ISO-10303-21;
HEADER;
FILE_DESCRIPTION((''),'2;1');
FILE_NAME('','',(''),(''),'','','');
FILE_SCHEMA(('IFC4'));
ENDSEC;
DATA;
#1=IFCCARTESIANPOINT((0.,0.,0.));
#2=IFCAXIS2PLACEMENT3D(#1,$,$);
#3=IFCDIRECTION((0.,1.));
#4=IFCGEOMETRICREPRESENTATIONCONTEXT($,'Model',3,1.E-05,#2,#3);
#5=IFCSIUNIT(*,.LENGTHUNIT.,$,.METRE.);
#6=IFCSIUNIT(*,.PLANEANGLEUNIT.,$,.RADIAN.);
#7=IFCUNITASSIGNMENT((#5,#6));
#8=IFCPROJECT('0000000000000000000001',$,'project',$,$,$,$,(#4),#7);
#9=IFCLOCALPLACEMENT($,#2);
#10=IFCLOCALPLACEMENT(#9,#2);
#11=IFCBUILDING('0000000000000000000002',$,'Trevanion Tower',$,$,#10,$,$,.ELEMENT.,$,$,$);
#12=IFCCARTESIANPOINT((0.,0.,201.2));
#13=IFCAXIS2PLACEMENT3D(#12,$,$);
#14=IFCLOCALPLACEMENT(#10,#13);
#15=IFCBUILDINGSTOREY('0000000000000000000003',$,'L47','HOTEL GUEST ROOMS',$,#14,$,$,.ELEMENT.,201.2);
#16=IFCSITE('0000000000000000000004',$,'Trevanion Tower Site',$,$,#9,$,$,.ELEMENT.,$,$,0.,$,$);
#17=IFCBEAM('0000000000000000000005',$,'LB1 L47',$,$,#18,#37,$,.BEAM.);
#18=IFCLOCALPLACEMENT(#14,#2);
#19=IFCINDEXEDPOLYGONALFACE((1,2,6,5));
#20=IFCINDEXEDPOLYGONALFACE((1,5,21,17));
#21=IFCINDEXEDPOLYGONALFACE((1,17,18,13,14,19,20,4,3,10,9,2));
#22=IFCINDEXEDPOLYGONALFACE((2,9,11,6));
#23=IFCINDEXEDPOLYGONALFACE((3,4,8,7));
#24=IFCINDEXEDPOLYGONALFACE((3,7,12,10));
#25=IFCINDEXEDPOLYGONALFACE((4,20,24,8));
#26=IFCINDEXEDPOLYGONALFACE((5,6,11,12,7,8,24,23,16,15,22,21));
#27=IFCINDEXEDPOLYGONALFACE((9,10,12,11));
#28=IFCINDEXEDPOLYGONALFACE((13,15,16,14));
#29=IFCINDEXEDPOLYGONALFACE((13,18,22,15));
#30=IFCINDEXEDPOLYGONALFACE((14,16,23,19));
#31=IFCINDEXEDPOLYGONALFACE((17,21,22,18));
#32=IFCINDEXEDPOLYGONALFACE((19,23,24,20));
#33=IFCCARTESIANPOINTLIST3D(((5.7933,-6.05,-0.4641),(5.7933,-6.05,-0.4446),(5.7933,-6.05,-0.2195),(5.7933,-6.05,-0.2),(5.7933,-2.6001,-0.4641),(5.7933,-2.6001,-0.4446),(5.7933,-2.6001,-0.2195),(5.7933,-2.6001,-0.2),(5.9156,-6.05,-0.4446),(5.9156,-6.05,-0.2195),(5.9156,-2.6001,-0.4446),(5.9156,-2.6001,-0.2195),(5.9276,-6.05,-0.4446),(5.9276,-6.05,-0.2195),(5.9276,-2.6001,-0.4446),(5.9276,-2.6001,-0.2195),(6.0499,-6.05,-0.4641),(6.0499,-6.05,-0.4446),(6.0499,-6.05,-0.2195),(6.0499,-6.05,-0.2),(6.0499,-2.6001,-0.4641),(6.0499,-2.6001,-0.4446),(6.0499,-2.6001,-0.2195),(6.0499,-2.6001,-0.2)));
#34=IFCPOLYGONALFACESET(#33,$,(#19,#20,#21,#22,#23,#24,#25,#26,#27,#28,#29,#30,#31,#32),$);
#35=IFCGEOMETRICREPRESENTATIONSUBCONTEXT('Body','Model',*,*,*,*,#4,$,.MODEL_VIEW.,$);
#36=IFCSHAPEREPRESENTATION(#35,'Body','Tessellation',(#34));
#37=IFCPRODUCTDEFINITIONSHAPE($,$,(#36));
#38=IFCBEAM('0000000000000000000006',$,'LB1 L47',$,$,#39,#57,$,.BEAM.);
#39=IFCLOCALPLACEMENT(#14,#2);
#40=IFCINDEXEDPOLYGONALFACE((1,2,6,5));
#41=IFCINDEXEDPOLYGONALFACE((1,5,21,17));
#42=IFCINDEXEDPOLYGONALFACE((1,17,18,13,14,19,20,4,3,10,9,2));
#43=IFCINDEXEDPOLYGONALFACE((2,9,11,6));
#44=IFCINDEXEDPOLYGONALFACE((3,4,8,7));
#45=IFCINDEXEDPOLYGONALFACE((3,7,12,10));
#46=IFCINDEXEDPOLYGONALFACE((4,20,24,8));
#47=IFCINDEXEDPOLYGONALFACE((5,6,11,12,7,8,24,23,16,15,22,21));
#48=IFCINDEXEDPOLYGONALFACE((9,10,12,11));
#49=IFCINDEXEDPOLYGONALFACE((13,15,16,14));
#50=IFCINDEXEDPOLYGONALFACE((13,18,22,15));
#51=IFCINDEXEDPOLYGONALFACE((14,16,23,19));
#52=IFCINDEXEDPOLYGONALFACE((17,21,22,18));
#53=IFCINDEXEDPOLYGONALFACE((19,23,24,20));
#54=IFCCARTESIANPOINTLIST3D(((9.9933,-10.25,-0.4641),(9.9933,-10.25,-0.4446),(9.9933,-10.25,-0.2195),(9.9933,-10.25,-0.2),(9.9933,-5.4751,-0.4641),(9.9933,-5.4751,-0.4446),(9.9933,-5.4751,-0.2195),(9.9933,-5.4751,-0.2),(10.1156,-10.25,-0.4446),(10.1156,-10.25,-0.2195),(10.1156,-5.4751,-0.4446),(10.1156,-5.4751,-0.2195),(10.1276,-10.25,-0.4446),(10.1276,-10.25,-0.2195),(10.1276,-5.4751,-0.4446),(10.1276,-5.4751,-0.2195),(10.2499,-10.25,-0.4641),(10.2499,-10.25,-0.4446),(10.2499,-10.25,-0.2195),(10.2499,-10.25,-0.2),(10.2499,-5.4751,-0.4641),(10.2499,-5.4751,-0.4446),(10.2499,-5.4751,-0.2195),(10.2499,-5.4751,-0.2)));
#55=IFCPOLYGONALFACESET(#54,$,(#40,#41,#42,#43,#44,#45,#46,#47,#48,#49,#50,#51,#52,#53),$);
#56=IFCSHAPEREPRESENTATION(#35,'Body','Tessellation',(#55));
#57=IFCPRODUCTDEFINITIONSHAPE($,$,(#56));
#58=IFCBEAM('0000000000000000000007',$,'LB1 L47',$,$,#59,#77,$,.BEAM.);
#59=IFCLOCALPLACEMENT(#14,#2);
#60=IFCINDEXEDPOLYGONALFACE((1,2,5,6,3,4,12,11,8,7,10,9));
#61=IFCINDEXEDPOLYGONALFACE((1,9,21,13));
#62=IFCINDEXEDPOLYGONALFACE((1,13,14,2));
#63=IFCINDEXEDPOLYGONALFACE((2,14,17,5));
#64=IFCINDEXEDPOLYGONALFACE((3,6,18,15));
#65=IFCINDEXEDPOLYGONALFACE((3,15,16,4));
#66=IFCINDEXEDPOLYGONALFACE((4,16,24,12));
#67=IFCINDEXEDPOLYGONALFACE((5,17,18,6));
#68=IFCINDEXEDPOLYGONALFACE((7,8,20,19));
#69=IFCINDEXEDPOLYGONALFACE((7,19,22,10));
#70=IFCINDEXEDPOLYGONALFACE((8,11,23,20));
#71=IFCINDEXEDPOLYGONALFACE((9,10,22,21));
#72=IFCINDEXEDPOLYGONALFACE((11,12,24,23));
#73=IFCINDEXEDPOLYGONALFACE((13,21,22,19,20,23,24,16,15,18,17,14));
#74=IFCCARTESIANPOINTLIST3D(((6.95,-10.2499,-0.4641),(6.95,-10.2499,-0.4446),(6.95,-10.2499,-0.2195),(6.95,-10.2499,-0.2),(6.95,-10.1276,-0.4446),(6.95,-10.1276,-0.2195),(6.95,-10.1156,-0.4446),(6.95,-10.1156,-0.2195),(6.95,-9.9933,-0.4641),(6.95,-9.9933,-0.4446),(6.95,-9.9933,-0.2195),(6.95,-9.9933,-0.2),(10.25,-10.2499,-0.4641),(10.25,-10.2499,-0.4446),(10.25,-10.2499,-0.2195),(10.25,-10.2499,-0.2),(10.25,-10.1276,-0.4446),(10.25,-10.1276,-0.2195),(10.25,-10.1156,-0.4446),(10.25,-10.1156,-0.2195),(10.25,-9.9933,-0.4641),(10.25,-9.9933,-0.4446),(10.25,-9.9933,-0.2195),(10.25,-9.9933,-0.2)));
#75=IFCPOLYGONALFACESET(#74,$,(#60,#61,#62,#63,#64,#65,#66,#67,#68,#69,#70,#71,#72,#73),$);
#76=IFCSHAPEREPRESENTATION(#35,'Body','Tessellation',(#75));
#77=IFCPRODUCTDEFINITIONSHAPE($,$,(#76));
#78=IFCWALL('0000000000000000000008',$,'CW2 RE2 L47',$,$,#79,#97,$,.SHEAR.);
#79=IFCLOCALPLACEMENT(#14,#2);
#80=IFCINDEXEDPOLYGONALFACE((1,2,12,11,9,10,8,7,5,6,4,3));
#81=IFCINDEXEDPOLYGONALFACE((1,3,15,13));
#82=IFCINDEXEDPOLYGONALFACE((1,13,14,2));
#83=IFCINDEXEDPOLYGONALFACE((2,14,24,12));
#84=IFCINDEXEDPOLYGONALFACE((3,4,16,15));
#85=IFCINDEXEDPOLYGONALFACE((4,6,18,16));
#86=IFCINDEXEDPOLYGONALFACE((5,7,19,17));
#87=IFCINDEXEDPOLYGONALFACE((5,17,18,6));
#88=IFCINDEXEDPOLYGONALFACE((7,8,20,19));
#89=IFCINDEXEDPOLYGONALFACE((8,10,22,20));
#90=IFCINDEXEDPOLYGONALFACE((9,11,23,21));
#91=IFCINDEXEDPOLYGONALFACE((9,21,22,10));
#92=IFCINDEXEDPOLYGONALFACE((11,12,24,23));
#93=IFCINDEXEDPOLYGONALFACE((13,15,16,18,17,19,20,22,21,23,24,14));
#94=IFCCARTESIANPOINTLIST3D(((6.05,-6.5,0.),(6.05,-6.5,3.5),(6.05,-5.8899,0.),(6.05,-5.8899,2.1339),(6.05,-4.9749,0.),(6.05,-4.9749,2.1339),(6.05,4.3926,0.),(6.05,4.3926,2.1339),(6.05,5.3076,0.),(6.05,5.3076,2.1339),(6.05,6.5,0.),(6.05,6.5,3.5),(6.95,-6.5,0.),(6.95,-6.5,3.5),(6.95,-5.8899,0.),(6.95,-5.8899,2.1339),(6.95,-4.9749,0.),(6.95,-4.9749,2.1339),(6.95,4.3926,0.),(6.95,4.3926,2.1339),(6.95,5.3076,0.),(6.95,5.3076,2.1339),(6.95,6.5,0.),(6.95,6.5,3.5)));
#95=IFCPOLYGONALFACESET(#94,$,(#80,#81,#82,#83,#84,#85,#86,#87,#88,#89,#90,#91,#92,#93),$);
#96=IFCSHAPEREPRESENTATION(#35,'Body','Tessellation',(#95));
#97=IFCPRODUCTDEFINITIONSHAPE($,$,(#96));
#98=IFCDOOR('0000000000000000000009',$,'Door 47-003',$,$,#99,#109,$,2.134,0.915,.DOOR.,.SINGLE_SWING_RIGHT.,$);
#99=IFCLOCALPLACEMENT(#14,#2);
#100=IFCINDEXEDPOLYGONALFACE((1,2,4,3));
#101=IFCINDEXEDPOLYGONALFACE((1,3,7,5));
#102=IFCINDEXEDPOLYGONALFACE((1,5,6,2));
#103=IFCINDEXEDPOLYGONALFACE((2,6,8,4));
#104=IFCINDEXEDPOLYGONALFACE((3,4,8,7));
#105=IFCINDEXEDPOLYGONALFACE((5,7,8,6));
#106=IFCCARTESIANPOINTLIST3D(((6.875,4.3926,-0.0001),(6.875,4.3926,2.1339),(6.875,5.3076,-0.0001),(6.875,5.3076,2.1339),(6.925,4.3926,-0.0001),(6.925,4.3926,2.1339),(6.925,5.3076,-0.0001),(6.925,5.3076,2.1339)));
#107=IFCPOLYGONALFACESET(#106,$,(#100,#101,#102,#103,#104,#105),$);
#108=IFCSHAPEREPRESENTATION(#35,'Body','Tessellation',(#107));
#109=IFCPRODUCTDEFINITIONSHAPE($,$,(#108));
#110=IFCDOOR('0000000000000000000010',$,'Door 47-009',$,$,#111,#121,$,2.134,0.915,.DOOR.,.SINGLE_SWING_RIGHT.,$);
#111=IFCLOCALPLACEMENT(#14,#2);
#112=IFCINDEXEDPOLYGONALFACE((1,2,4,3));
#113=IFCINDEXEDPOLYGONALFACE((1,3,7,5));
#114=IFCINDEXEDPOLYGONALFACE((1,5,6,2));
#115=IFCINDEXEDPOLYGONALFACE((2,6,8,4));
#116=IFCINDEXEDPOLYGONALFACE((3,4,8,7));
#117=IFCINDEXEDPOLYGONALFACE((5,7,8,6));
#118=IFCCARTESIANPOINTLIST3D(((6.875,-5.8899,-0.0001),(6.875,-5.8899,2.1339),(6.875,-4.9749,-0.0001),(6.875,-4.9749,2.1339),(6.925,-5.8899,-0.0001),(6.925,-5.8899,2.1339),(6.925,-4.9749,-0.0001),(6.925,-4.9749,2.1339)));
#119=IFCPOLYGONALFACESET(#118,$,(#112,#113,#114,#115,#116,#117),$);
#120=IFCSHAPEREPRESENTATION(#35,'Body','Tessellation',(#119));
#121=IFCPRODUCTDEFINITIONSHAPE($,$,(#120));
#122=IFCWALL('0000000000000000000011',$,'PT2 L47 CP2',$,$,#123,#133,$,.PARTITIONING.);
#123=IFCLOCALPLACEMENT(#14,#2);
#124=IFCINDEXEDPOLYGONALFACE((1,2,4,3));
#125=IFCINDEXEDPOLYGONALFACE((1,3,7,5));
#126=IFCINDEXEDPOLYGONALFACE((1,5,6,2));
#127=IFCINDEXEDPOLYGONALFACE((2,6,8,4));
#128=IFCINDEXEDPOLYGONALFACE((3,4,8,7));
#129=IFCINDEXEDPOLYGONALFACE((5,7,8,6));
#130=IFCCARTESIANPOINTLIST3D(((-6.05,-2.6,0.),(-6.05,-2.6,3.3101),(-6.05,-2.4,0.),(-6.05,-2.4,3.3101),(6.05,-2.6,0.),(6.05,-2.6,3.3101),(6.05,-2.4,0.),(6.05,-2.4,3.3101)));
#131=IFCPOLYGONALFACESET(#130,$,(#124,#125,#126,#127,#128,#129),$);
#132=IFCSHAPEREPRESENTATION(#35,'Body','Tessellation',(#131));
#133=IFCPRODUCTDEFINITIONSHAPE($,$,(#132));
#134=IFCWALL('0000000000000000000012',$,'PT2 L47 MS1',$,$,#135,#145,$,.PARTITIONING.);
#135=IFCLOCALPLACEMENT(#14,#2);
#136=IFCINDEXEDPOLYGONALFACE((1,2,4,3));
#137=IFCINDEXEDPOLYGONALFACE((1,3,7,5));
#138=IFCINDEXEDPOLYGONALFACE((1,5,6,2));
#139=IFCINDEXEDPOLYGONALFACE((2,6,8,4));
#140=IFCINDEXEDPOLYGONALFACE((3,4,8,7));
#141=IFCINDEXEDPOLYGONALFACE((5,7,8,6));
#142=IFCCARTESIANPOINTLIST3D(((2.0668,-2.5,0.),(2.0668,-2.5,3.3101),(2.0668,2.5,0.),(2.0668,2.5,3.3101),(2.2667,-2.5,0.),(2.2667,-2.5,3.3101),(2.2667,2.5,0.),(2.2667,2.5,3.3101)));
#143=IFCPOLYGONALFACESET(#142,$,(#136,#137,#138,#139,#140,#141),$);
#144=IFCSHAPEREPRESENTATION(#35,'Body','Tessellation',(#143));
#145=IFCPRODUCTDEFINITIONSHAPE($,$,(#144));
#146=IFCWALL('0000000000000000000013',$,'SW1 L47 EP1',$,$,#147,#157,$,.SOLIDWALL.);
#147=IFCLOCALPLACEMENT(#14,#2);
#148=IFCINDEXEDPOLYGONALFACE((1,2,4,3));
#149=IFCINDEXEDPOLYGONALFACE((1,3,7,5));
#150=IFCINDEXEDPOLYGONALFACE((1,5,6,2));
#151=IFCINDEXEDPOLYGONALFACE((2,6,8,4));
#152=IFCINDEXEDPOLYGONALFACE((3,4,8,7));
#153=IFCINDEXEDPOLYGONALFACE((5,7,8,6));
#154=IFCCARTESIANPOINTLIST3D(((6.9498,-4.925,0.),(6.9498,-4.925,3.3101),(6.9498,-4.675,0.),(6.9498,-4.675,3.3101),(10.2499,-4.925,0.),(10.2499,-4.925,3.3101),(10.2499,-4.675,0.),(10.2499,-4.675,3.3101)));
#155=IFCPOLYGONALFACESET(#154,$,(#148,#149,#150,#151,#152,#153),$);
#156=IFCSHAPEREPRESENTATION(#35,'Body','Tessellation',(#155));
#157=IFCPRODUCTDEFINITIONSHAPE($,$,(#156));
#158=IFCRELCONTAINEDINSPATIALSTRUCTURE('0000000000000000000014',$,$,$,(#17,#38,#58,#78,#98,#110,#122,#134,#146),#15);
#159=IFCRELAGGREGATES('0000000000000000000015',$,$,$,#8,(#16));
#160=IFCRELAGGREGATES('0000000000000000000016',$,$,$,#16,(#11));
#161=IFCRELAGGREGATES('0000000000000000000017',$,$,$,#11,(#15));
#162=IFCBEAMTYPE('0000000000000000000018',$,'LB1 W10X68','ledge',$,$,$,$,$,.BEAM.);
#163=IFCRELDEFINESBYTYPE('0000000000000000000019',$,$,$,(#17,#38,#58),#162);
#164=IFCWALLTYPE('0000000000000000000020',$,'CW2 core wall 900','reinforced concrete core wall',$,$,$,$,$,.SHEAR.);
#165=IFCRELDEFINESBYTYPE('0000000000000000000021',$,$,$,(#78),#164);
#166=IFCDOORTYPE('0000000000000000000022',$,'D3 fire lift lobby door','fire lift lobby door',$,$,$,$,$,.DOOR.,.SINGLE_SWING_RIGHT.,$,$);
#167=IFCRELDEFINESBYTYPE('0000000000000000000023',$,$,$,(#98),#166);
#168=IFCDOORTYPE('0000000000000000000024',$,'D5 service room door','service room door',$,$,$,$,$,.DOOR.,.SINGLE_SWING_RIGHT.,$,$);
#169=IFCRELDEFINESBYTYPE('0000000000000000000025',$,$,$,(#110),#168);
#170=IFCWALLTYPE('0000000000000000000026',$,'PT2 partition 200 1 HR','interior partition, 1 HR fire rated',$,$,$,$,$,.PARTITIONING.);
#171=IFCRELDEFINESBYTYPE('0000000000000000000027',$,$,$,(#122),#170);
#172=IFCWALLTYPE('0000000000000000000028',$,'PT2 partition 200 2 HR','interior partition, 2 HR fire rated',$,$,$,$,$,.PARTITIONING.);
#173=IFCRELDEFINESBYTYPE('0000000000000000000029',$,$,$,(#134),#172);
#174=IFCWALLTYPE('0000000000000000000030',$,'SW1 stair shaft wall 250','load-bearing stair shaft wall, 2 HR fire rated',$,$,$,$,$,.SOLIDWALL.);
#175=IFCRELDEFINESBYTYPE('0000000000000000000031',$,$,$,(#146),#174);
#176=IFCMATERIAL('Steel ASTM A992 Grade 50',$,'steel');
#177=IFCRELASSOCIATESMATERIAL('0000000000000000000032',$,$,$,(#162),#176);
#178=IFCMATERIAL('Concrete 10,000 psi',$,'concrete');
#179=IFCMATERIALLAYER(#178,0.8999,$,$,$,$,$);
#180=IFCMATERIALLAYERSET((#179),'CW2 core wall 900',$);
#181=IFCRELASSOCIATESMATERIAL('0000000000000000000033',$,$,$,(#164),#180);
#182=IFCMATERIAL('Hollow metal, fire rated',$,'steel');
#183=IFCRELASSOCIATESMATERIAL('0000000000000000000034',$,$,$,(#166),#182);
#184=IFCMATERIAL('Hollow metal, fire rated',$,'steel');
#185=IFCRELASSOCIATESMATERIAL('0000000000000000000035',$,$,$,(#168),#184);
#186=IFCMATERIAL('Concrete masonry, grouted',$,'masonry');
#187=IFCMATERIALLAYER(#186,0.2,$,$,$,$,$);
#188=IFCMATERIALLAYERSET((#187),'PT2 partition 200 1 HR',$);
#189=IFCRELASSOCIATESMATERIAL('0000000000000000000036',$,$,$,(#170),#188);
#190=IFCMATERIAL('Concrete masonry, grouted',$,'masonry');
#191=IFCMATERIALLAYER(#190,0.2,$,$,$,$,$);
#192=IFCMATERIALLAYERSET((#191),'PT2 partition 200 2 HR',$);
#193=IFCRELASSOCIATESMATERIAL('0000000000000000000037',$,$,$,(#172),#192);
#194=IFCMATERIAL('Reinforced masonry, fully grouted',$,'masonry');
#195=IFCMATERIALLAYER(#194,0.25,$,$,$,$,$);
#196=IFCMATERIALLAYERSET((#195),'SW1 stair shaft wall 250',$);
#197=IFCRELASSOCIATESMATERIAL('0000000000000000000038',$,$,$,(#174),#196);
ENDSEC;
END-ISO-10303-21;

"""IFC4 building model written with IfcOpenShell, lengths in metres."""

from ifc_helpers import new_model, si_unit, direction, frame, frame_2d, origin, origin_2d, place, context, subcontext, project, spatial, rectangle, i_section, extrude, material, layer, layer_set, material_profile, profile_set, type_object, element, fill, save


model = new_model("IFC4")

# Units and contexts
model_context = context("Model", 3, precision=1e-05, world=origin(), true_north=direction((0.0, 1.0)))
body_context = subcontext(model_context, "Body", "Model", "MODEL_VIEW")
ifc_project = project(units=[si_unit("LENGTHUNIT", "METRE"), si_unit("PLANEANGLEUNIT", "RADIAN")], contexts=[model_context])

# Site, building, storey
site_placement = place(None, origin())
site = spatial("IfcSite", under=ifc_project, at=site_placement, Name="Trevanion Tower Site", CompositionType="ELEMENT", RefElevation=0.0)
building_placement = place(site_placement, origin())
building = spatial("IfcBuilding", under=site, at=building_placement, Name="Trevanion Tower", CompositionType="ELEMENT")
storey_placement = place(building_placement, frame((0.0, 0.0, 201.2)))
storey = spatial("IfcBuildingStorey", under=building, at=storey_placement, Name="L47", Description="HOTEL GUEST ROOMS", CompositionType="ELEMENT", Elevation=201.2)

# Beams
ifc_material_1 = material(Name="Steel ASTM A992 Grade 50", Category="steel")
ifc_material_profile = material_profile(ifc_material_1, i_section(OverallWidth=0.2566, OverallDepth=0.2642, WebThickness=0.012, FlangeThickness=0.0195, at=origin_2d()), Name="W10X68")
ifc_profile_set = profile_set([ifc_material_profile], Name="Steel ASTM A992 Grade 50")
beam_type = type_object("IfcBeamType", Name="LB1 W10X68", Description="ledge", PredefinedType="BEAM", material=ifc_profile_set)
beam_1_placement = place(storey_placement, frame((5.9216, -6.05, -0.332), z_axis=(0.0, 1.0, 0.0), x_axis=(-1.0, 0.0, 0.0)))
element("IfcBeam", 1, at=beam_1_placement, inside=storey, type_object=beam_type, Name="LB1 L47", PredefinedType="BEAM", context=body_context, shape_type="SweptSolid", body=[
    extrude(i_section(OverallWidth=0.2566, OverallDepth=0.2642, WebThickness=0.012, FlangeThickness=0.0195, at=origin_2d()), origin(), (0.0, 0.0, 1.0), 3.45),
])
beam_2_placement = place(storey_placement, frame((10.1216, -10.25, -0.332), z_axis=(0.0, 1.0, 0.0), x_axis=(-1.0, 0.0, 0.0)))
element("IfcBeam", 2, at=beam_2_placement, inside=storey, type_object=beam_type, Name="LB1 L47", PredefinedType="BEAM", context=body_context, shape_type="SweptSolid", body=[
    extrude(i_section(OverallWidth=0.2566, OverallDepth=0.2642, WebThickness=0.012, FlangeThickness=0.0195, at=origin_2d()), origin(), (0.0, 0.0, 1.0), 4.7749),
])
beam_3_placement = place(storey_placement, frame((6.95, -10.1216, -0.332), z_axis=(1.0, 0.0, 0.0), x_axis=(0.0, 1.0, 0.0)))
element("IfcBeam", 3, at=beam_3_placement, inside=storey, type_object=beam_type, Name="LB1 L47", PredefinedType="BEAM", context=body_context, shape_type="SweptSolid", body=[
    extrude(i_section(OverallWidth=0.2566, OverallDepth=0.2642, WebThickness=0.012, FlangeThickness=0.0195, at=origin_2d()), origin(), (0.0, 0.0, 1.0), 3.3),
])

# Wall, openings, doors
ifc_material_2 = material(Name="Concrete 10,000 psi", Category="concrete")
ifc_layer_1 = layer(ifc_material_2, 0.8999)
ifc_layer_set_1 = layer_set([ifc_layer_1], Name="CW2 core wall 900")
wall_type_1 = type_object("IfcWallType", Name="CW2 core wall 900", Description="reinforced concrete core wall", PredefinedType="SHEAR", material=ifc_layer_set_1)
wall_1_placement = place(storey_placement, frame((6.5, -6.5, 0.0), z_axis=(0.0, 0.0, 1.0), x_axis=(0.0, 1.0, 0.0)))
wall_1 = element("IfcWall", 4, at=wall_1_placement, inside=storey, type_object=wall_type_1, Name="CW2 RE2 L47", PredefinedType="SHEAR", context=body_context, shape_type="SweptSolid", body=[
    extrude(rectangle(XDim=13.0, YDim=0.8999, at=frame_2d((6.5, 0.0))), origin(), (0.0, 0.0, 1.0), 3.5),
])
opening_1_placement = place(wall_1_placement, frame((10.8926, 0.0, 0.0)))
opening_1 = element("IfcOpeningElement", 5, at=opening_1_placement, cuts=wall_1, PredefinedType="OPENING", context=body_context, shape_type="SweptSolid", body=[
    extrude(rectangle(XDim=0.915, YDim=2.134, at=frame_2d((0.4575, 1.0669))), frame((0.0, 0.46, 0.0), z_axis=(0.0, -1.0, 0.0), x_axis=(1.0, 0.0, 0.0)), (0.0, 0.0, 1.0), 0.9199),
])
opening_2_placement = place(wall_1_placement, frame((0.6101, 0.0, 0.0)))
opening_2 = element("IfcOpeningElement", 6, at=opening_2_placement, cuts=wall_1, PredefinedType="OPENING", context=body_context, shape_type="SweptSolid", body=[
    extrude(rectangle(XDim=0.915, YDim=2.134, at=frame_2d((0.4575, 1.0669))), frame((0.0, 0.46, 0.0), z_axis=(0.0, -1.0, 0.0), x_axis=(1.0, 0.0, 0.0)), (0.0, 0.0, 1.0), 0.9199),
])
ifc_material_3 = material(Name="Hollow metal, fire rated", Category="steel")
door_type_1 = type_object("IfcDoorType", Name="D3 fire lift lobby door", Description="fire lift lobby door", OperationType="SINGLE_SWING_RIGHT", PredefinedType="DOOR", material=ifc_material_3)
door_1_placement = place(opening_1_placement, origin())
door_1 = element("IfcDoor", 7, at=door_1_placement, inside=storey, type_object=door_type_1, Name="Door 47-003", OperationType="SINGLE_SWING_RIGHT", OverallHeight=2.134, OverallWidth=0.915, PredefinedType="DOOR", context=body_context, shape_type="SweptSolid", body=[
    extrude(rectangle(XDim=0.915, YDim=2.134, at=frame_2d((0.4575, 1.0669))), frame((0.0, -0.375, 0.0), z_axis=(0.0, -1.0, 0.0), x_axis=(1.0, 0.0, 0.0)), (0.0, 0.0, 1.0), 0.05),
])
fill(opening_1, door_1)
ifc_material_4 = material(Name="Hollow metal, fire rated", Category="steel")
door_type_2 = type_object("IfcDoorType", Name="D5 service room door", Description="service room door", OperationType="SINGLE_SWING_RIGHT", PredefinedType="DOOR", material=ifc_material_4)
door_2_placement = place(opening_2_placement, origin())
door_2 = element("IfcDoor", 8, at=door_2_placement, inside=storey, type_object=door_type_2, Name="Door 47-009", OperationType="SINGLE_SWING_RIGHT", OverallHeight=2.134, OverallWidth=0.915, PredefinedType="DOOR", context=body_context, shape_type="SweptSolid", body=[
    extrude(rectangle(XDim=0.915, YDim=2.134, at=frame_2d((0.4575, 1.0669))), frame((0.0, -0.375, 0.0), z_axis=(0.0, -1.0, 0.0), x_axis=(1.0, 0.0, 0.0)), (0.0, 0.0, 1.0), 0.05),
])
fill(opening_2, door_2)

# Walls
ifc_material_5 = material(Name="Concrete masonry, grouted", Category="masonry")
ifc_layer_2 = layer(ifc_material_5, 0.2)
ifc_layer_set_2 = layer_set([ifc_layer_2], Name="PT2 partition 200 1 HR")
wall_type_2 = type_object("IfcWallType", Name="PT2 partition 200 1 HR", Description="interior partition, 1 HR fire rated", PredefinedType="PARTITIONING", material=ifc_layer_set_2)
wall_2_placement = place(storey_placement, frame((6.05, -2.5, 0.0), z_axis=(0.0, 0.0, 1.0), x_axis=(-1.0, 0.0, 0.0)))
element("IfcWall", 9, at=wall_2_placement, inside=storey, type_object=wall_type_2, Name="PT2 L47 CP2", PredefinedType="PARTITIONING", context=body_context, shape_type="SweptSolid", body=[
    extrude(rectangle(XDim=12.1001, YDim=0.2, at=frame_2d((6.05, 0.0))), origin(), (0.0, 0.0, 1.0), 3.3101),
])
ifc_material_6 = material(Name="Concrete masonry, grouted", Category="masonry")
ifc_layer_3 = layer(ifc_material_6, 0.2)
ifc_layer_set_3 = layer_set([ifc_layer_3], Name="PT2 partition 200 2 HR")
wall_type_3 = type_object("IfcWallType", Name="PT2 partition 200 2 HR", Description="interior partition, 2 HR fire rated", PredefinedType="PARTITIONING", material=ifc_layer_set_3)
wall_3_placement = place(storey_placement, frame((2.1667, -2.5, 0.0), z_axis=(0.0, 0.0, 1.0), x_axis=(0.0, 1.0, 0.0)))
element("IfcWall", 10, at=wall_3_placement, inside=storey, type_object=wall_type_3, Name="PT2 L47 MS1", PredefinedType="PARTITIONING", context=body_context, shape_type="SweptSolid", body=[
    extrude(rectangle(XDim=5.0, YDim=0.2, at=frame_2d((2.5, 0.0))), origin(), (0.0, 0.0, 1.0), 3.3101),
])
ifc_material_7 = material(Name="Reinforced masonry, fully grouted", Category="masonry")
ifc_layer_4 = layer(ifc_material_7, 0.25)
ifc_layer_set_4 = layer_set([ifc_layer_4], Name="SW1 stair shaft wall 250")
wall_type_4 = type_object("IfcWallType", Name="SW1 stair shaft wall 250", Description="load-bearing stair shaft wall, 2 HR fire rated", PredefinedType="SOLIDWALL", material=ifc_layer_set_4)
wall_4_placement = place(storey_placement, frame((6.95, -4.8, 0.0), z_axis=(0.0, 0.0, 1.0), x_axis=(1.0, 0.0, 0.0)))
element("IfcWall", 11, at=wall_4_placement, inside=storey, type_object=wall_type_4, Name="SW1 L47 EP1", PredefinedType="SOLIDWALL", context=body_context, shape_type="SweptSolid", body=[
    extrude(rectangle(XDim=3.3, YDim=0.25, at=frame_2d((1.6499, 0.0))), origin(), (0.0, 0.0, 1.0), 3.3101),
])

save(model, "model.ifc")
